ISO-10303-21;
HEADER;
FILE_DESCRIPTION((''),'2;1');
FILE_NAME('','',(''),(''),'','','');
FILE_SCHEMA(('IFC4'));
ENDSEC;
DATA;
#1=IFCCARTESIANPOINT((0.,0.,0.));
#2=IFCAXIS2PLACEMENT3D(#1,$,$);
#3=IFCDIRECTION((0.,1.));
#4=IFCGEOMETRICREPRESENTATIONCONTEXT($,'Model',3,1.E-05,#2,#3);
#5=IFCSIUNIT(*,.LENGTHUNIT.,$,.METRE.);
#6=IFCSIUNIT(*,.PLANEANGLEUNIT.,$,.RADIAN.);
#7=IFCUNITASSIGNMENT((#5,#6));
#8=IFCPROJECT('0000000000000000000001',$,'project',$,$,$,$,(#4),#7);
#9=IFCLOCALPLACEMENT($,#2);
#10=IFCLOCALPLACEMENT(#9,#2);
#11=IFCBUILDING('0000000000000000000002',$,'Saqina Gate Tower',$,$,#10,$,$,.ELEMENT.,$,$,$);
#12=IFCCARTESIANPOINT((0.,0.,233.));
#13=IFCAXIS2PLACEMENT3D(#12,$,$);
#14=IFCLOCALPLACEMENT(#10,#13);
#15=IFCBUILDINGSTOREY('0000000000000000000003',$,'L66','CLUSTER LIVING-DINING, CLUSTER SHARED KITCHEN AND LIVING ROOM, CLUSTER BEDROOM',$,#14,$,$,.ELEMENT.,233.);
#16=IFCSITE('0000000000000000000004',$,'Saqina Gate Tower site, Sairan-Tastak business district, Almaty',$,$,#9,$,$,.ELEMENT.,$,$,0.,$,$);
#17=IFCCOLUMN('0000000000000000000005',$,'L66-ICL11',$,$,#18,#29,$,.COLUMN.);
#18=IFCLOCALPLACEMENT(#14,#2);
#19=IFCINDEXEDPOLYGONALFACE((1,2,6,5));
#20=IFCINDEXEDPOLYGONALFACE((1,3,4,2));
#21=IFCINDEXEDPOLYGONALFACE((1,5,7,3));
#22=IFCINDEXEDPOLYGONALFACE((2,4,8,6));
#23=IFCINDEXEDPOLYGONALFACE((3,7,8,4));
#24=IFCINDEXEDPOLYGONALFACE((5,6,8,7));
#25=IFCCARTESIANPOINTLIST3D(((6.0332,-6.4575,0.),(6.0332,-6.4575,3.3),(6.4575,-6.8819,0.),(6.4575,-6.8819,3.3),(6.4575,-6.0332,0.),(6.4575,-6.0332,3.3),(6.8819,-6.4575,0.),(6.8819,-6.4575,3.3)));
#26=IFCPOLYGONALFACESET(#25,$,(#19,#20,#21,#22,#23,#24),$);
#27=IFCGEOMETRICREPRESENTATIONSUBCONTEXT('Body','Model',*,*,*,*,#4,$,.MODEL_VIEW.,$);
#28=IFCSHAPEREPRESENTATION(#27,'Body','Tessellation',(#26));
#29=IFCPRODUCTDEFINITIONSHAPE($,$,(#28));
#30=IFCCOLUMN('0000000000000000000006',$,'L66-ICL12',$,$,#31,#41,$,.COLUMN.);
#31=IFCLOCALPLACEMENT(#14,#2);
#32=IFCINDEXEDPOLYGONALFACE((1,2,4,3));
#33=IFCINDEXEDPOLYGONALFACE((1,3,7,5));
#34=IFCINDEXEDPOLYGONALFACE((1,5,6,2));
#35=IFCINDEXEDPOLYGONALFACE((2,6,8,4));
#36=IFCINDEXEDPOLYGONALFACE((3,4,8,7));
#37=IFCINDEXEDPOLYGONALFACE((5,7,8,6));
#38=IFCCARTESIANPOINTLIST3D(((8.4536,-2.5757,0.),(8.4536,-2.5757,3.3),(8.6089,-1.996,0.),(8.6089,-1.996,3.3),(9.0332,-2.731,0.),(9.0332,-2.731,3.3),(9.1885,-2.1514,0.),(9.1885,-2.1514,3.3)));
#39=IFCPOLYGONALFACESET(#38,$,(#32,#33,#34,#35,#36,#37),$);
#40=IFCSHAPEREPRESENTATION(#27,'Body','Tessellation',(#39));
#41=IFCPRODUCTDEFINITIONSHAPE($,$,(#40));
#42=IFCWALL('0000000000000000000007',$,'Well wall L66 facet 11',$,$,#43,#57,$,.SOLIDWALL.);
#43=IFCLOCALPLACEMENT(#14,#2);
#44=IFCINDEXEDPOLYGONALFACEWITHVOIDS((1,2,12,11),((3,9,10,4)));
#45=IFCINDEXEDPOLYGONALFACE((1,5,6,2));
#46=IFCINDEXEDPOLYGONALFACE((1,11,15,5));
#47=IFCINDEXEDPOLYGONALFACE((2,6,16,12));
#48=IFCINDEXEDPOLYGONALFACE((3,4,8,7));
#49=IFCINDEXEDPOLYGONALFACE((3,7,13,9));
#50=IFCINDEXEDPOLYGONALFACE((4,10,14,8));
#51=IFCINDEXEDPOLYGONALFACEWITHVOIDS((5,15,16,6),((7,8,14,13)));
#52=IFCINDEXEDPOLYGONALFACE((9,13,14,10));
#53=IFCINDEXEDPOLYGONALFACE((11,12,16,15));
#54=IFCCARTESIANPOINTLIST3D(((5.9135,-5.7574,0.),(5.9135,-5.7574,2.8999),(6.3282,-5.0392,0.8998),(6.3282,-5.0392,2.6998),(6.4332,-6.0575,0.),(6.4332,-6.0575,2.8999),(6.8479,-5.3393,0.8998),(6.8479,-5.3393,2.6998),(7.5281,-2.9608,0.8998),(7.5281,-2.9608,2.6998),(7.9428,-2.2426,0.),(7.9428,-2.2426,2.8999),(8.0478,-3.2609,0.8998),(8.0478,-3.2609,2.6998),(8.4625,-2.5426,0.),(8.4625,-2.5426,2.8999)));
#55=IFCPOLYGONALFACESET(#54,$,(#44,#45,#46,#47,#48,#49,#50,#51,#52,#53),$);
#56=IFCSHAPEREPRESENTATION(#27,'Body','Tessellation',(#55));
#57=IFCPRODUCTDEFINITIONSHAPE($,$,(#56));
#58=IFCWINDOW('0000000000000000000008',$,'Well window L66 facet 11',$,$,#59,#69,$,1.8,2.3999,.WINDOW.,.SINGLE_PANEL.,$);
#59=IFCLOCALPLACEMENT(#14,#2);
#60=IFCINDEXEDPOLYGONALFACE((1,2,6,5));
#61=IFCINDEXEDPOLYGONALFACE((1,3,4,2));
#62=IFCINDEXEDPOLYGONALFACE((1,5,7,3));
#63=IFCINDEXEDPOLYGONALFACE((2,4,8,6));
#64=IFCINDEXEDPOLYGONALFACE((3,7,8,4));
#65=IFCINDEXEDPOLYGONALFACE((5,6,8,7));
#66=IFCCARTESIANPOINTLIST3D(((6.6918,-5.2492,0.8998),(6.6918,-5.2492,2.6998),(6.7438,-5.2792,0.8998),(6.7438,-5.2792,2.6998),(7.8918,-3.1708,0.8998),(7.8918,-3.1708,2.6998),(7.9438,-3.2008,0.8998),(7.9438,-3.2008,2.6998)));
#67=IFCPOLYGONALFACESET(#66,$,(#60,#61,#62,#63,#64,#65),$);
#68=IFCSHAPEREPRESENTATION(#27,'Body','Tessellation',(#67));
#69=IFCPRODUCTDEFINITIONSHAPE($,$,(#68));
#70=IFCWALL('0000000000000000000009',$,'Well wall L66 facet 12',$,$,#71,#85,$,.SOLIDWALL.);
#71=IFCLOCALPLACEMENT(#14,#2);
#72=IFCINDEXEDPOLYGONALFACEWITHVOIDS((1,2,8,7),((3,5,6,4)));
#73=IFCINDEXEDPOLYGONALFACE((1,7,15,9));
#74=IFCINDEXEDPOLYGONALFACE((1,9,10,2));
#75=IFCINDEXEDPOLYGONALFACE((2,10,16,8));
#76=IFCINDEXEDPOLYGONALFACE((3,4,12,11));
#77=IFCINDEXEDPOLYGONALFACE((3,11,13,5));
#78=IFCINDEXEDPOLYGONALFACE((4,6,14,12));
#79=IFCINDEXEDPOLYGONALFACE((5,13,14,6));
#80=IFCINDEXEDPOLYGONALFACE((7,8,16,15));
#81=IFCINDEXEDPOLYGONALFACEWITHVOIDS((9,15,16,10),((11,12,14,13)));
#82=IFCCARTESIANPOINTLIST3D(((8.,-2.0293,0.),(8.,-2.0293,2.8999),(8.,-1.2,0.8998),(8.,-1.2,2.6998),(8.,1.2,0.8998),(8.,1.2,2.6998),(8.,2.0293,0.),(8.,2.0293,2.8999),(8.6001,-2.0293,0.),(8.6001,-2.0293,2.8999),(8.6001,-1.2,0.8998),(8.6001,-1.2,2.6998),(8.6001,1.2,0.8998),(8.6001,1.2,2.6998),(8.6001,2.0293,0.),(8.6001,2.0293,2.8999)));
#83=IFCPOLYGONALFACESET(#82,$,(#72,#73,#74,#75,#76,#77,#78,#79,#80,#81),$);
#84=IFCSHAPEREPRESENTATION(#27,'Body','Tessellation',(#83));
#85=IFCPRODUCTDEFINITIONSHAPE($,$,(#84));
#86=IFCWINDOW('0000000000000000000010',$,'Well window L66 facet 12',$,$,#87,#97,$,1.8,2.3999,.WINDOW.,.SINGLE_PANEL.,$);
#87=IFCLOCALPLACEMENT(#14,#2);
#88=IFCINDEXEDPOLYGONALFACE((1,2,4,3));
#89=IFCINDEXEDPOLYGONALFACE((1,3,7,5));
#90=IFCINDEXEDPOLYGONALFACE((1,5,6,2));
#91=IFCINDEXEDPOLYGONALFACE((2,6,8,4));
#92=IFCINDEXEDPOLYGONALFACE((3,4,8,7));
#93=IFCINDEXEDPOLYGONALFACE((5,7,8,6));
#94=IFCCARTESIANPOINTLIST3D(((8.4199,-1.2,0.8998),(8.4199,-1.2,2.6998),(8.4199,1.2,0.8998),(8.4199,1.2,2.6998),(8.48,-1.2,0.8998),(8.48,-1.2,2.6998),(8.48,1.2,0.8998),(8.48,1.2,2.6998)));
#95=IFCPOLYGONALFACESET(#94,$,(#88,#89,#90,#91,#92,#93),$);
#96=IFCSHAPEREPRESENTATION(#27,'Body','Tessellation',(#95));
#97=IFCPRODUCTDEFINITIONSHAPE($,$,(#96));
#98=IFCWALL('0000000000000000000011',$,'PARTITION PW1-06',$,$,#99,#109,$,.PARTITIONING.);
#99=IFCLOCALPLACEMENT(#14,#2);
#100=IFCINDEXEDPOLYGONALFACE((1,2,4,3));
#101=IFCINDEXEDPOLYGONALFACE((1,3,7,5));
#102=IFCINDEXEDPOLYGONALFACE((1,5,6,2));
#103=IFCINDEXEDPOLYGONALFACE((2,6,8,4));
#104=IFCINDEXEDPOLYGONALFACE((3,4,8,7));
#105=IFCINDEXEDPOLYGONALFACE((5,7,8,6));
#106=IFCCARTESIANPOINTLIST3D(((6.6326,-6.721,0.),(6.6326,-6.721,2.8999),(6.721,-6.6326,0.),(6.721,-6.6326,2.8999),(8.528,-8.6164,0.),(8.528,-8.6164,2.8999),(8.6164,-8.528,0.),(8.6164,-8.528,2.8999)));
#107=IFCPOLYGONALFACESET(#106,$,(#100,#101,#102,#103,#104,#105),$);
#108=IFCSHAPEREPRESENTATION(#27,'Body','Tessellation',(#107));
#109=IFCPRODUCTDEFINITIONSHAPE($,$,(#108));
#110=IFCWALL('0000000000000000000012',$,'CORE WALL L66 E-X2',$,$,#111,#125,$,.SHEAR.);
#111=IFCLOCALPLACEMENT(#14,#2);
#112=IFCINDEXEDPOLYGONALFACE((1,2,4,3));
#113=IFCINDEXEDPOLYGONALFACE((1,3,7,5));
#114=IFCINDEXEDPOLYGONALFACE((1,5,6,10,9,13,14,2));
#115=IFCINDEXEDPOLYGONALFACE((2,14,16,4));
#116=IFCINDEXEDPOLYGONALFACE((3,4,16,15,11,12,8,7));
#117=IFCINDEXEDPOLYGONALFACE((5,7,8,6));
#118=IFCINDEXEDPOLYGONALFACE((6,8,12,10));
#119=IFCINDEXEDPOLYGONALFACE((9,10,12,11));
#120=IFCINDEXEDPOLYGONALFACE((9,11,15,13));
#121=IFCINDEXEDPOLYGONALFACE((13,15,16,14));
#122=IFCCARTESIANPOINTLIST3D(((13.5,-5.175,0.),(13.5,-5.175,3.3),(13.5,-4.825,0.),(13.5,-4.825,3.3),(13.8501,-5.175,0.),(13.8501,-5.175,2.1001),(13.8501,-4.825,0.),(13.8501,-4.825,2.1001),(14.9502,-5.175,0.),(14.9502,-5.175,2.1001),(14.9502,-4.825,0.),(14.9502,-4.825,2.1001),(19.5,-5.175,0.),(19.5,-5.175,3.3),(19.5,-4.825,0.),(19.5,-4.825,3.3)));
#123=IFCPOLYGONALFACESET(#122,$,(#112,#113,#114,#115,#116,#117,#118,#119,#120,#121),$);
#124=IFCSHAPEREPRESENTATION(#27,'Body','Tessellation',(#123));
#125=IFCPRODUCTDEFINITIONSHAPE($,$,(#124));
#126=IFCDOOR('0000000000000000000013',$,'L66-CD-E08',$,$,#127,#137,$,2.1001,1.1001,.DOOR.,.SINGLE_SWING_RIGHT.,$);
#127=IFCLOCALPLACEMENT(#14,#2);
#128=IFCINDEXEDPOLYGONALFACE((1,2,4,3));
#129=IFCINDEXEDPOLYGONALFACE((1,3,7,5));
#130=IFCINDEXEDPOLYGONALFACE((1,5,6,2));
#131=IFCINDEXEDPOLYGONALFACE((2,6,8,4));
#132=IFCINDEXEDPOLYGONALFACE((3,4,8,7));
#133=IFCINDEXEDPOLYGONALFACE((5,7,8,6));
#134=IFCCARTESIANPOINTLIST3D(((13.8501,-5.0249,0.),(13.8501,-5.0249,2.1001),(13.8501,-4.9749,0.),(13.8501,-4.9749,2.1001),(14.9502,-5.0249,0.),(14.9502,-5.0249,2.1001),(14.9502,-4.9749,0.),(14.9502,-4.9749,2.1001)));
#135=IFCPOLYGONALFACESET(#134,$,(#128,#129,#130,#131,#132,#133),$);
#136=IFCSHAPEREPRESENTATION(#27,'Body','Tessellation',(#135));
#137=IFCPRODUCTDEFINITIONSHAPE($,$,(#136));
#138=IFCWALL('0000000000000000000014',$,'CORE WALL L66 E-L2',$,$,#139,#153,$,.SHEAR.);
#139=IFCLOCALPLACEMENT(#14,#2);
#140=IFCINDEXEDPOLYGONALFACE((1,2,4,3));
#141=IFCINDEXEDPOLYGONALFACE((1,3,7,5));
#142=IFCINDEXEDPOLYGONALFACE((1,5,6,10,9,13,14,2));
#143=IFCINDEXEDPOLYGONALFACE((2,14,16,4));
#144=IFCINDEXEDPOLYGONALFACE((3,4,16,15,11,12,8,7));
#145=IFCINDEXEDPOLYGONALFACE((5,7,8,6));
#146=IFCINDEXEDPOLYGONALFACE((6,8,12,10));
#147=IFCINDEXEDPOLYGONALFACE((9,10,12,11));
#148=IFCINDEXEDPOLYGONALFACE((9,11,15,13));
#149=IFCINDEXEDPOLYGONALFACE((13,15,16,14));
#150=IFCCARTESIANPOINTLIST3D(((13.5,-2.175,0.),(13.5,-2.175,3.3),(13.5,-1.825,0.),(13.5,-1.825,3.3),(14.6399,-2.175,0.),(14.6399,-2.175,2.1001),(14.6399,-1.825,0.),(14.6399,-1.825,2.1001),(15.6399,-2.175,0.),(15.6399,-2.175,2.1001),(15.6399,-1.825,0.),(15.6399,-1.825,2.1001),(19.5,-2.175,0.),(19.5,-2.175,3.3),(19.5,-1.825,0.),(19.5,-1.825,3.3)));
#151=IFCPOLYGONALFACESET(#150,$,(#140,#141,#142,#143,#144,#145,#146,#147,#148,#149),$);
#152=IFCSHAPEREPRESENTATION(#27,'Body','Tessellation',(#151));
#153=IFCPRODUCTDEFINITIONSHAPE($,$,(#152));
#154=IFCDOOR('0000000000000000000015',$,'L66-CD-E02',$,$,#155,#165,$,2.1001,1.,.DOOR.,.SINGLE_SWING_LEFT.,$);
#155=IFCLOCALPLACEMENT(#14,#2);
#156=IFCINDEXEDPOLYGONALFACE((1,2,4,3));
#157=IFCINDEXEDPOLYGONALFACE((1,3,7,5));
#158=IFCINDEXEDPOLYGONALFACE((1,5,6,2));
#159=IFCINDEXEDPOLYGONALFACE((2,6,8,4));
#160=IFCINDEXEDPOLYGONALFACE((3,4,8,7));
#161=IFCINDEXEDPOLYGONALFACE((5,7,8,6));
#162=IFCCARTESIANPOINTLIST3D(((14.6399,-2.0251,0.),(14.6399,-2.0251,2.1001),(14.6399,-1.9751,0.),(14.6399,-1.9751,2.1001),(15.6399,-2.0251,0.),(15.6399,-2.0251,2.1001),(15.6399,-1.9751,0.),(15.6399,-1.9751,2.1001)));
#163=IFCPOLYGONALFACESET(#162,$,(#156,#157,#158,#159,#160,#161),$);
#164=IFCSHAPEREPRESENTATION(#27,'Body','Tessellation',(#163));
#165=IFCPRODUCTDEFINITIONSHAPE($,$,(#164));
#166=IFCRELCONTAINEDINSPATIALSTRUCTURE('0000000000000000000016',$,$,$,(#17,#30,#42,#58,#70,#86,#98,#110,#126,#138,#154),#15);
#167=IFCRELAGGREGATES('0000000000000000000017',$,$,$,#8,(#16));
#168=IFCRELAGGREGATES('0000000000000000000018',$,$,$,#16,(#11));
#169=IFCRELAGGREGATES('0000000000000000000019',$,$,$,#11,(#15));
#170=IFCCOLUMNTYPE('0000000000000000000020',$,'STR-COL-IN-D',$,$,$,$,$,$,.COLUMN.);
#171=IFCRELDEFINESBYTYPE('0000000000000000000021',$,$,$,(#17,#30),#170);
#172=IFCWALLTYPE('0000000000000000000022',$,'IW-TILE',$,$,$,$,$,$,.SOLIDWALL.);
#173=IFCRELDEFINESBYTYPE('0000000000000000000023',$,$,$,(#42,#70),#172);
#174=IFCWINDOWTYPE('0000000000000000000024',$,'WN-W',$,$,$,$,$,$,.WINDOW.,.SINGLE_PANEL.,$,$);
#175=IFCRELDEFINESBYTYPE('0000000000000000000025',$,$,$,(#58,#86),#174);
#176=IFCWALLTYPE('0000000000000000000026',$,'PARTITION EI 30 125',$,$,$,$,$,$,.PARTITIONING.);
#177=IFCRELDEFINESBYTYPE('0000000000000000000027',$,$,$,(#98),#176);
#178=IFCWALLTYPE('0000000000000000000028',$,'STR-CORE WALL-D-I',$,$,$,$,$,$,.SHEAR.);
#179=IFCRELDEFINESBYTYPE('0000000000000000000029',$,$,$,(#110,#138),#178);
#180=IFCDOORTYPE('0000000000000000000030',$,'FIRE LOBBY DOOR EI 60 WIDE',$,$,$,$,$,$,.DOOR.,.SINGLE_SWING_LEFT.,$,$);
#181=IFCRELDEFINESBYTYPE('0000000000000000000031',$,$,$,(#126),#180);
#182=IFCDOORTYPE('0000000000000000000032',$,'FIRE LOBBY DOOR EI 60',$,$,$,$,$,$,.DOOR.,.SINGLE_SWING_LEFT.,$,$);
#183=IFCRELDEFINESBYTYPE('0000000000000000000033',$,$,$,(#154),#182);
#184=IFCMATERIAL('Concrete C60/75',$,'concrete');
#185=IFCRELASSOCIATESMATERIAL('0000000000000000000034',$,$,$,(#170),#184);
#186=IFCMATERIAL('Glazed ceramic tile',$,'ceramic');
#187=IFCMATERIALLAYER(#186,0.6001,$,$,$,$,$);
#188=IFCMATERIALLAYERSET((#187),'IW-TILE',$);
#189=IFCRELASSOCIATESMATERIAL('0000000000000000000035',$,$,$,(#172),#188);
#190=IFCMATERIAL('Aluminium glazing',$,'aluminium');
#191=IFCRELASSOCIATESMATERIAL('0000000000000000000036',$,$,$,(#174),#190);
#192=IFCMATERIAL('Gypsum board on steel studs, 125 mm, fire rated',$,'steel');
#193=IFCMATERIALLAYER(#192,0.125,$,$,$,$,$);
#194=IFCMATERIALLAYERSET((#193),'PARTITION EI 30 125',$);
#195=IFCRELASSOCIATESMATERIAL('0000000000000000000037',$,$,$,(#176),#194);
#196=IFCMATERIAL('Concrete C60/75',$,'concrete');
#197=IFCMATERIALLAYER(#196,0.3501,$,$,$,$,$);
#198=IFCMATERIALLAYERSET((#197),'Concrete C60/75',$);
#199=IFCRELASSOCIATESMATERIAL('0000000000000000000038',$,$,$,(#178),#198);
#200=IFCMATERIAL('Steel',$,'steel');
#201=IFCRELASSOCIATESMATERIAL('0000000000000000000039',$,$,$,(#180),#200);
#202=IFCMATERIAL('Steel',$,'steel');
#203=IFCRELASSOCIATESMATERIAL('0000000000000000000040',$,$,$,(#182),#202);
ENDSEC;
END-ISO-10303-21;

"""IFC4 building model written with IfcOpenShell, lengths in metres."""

from ifc_helpers import new_model, si_unit, direction, frame, frame_2d, origin, origin_2d, place, context, subcontext, project, spatial, rectangle, extrude, material, layer, layer_set, material_profile, profile_set, type_object, element, fill, save


model = new_model("IFC4")

# Units and contexts
model_context = context("Model", 3, precision=1e-05, world=origin(), true_north=direction((0.0, 1.0)))
body_context = subcontext(model_context, "Body", "Model", "MODEL_VIEW")
ifc_project = project(units=[si_unit("LENGTHUNIT", "METRE"), si_unit("PLANEANGLEUNIT", "RADIAN")], contexts=[model_context])

# Site, building, storey
site_placement = place(None, origin())
site = spatial("IfcSite", under=ifc_project, at=site_placement, Name="Saqina Gate Tower site, Sairan-Tastak business district, Almaty", CompositionType="ELEMENT", RefElevation=0.0)
building_placement = place(site_placement, origin())
building = spatial("IfcBuilding", under=site, at=building_placement, Name="Saqina Gate Tower", CompositionType="ELEMENT")
storey_placement = place(building_placement, frame((0.0, 0.0, 233.0)))
storey = spatial("IfcBuildingStorey", under=building, at=storey_placement, Name="L66", Description="CLUSTER LIVING-DINING, CLUSTER SHARED KITCHEN AND LIVING ROOM, CLUSTER BEDROOM", CompositionType="ELEMENT", Elevation=233.0)

# Columns
ifc_material_1 = material(Name="Concrete C60/75", Category="concrete")
ifc_material_profile = material_profile(ifc_material_1, rectangle(XDim=0.6001, YDim=0.6001, at=origin_2d()), Name="RC 600x600")
ifc_profile_set = profile_set([ifc_material_profile], Name="Concrete C60/75")
column_type = type_object("IfcColumnType", Name="STR-COL-IN-D", PredefinedType="COLUMN", material=ifc_profile_set)
for number, where, z_axis, x_axis, name in (
    (1, (6.4575, -6.4575, 0.0), (0.0, 0.0, 1.0), (0.707107, -0.707107, 0.0), "L66-ICL11"),
    (2, (8.821, -2.3635, 0.0), (0.0, 0.0, 1.0), (0.965926, -0.258819, 0.0), "L66-ICL12"),
):
    element("IfcColumn", number, at=place(storey_placement, frame(where, z_axis=z_axis, x_axis=x_axis)), inside=storey, type_object=column_type, Name=name, PredefinedType="COLUMN", context=body_context, shape_type="SweptSolid", body=[
        extrude(rectangle(XDim=0.6001, YDim=0.6001, at=origin_2d()), origin(), (0.0, 0.0, 1.0), 3.3),
    ])

# Walls, openings, windows
ifc_material_2 = material(Name="Glazed ceramic tile", Category="ceramic")
ifc_layer_1 = layer(ifc_material_2, 0.6001)
ifc_layer_set_1 = layer_set([ifc_layer_1], Name="IW-TILE")
wall_type_1 = type_object("IfcWallType", Name="IW-TILE", PredefinedType="SOLIDWALL", material=ifc_layer_set_1)
wall_1_placement = place(storey_placement, frame((6.1733, -5.9075, 0.0), z_axis=(0.0, 0.0, 1.0), x_axis=(0.499995, 0.866028, 0.0)))
wall_1 = element("IfcWall", 3, at=wall_1_placement, inside=storey, type_object=wall_type_1, Name="Well wall L66 facet 11", PredefinedType="SOLIDWALL", context=body_context, shape_type="SweptSolid", body=[
    extrude(rectangle(XDim=4.0586, YDim=0.6001, at=frame_2d((2.0293, 0.0))), origin(), (0.0, 0.0, 1.0), 2.8999),
])
opening_1_placement = place(wall_1_placement, frame((0.8293, 0.0, 0.8999)))
opening_1 = element("IfcOpeningElement", 4, at=opening_1_placement, cuts=wall_1, PredefinedType="OPENING", context=body_context, shape_type="SweptSolid", body=[
    extrude(rectangle(XDim=2.3999, YDim=1.8, at=frame_2d((1.2, 0.8999))), frame((0.0, 0.312, 0.0), z_axis=(0.0, -1.0, 0.0), x_axis=(1.0, 0.0, 0.0)), (0.0, 0.0, 1.0), 0.624),
])
ifc_material_3 = material(Name="Aluminium glazing", Category="aluminium")
window_type = type_object("IfcWindowType", Name="WN-W", PartitioningType="SINGLE_PANEL", PredefinedType="WINDOW", material=ifc_material_3)
window_1_placement = place(opening_1_placement, origin())
window_1 = element("IfcWindow", 5, at=window_1_placement, inside=storey, type_object=window_type, Name="Well window L66 facet 11", OverallHeight=1.8, OverallWidth=2.3999, PartitioningType="SINGLE_PANEL", PredefinedType="WINDOW", context=body_context, shape_type="SweptSolid", body=[
    extrude(rectangle(XDim=2.3999, YDim=1.8, at=frame_2d((1.2, 0.8999))), frame((0.0, -0.1199, 0.0), z_axis=(0.0, -1.0, 0.0), x_axis=(1.0, 0.0, 0.0)), (0.0, 0.0, 1.0), 0.0601),
])
fill(opening_1, window_1)
wall_2_placement = place(storey_placement, frame((8.3, -2.0293, 0.0), z_axis=(0.0, 0.0, 1.0), x_axis=(0.0, 1.0, 0.0)))
wall_2 = element("IfcWall", 6, at=wall_2_placement, inside=storey, type_object=wall_type_1, Name="Well wall L66 facet 12", PredefinedType="SOLIDWALL", context=body_context, shape_type="SweptSolid", body=[
    extrude(rectangle(XDim=4.0586, YDim=0.6001, at=frame_2d((2.0293, 0.0))), origin(), (0.0, 0.0, 1.0), 2.8999),
])
opening_2_placement = place(wall_2_placement, frame((0.8293, 0.0, 0.8999)))
opening_2 = element("IfcOpeningElement", 7, at=opening_2_placement, cuts=wall_2, PredefinedType="OPENING", context=body_context, shape_type="SweptSolid", body=[
    extrude(rectangle(XDim=2.3999, YDim=1.8, at=frame_2d((1.2, 0.8999))), frame((0.0, 0.312, 0.0), z_axis=(0.0, -1.0, 0.0), x_axis=(1.0, 0.0, 0.0)), (0.0, 0.0, 1.0), 0.624),
])
window_2_placement = place(opening_2_placement, origin())
window_2 = element("IfcWindow", 8, at=window_2_placement, inside=storey, type_object=window_type, Name="Well window L66 facet 12", OverallHeight=1.8, OverallWidth=2.3999, PartitioningType="SINGLE_PANEL", PredefinedType="WINDOW", context=body_context, shape_type="SweptSolid", body=[
    extrude(rectangle(XDim=2.3999, YDim=1.8, at=frame_2d((1.2, 0.8999))), frame((0.0, -0.1199, 0.0), z_axis=(0.0, -1.0, 0.0), x_axis=(1.0, 0.0, 0.0)), (0.0, 0.0, 1.0), 0.0601),
])
fill(opening_2, window_2)

# Wall
ifc_material_4 = material(Name="Gypsum board on steel studs, 125 mm, fire rated", Category="steel")
ifc_layer_2 = layer(ifc_material_4, 0.125)
ifc_layer_set_2 = layer_set([ifc_layer_2], Name="PARTITION EI 30 125")
wall_type_2 = type_object("IfcWallType", Name="PARTITION EI 30 125", PredefinedType="PARTITIONING", material=ifc_layer_set_2)
wall_3_placement = place(storey_placement, frame((6.6768, -6.6768, 0.0), z_axis=(0.0, 0.0, 1.0), x_axis=(0.707107, -0.707107, 0.0)))
element("IfcWall", 9, at=wall_3_placement, inside=storey, type_object=wall_type_2, Name="PARTITION PW1-06", PredefinedType="PARTITIONING", context=body_context, shape_type="SweptSolid", body=[
    extrude(rectangle(XDim=2.6804, YDim=0.125, at=frame_2d((1.3403, 0.0))), origin(), (0.0, 0.0, 1.0), 2.8999),
])

# Walls, openings, doors
ifc_material_5 = material(Name="Concrete C60/75", Category="concrete")
ifc_layer_3 = layer(ifc_material_5, 0.3501)
ifc_layer_set_3 = layer_set([ifc_layer_3], Name="Concrete C60/75")
wall_type_3 = type_object("IfcWallType", Name="STR-CORE WALL-D-I", PredefinedType="SHEAR", material=ifc_layer_set_3)
wall_4_placement = place(storey_placement, frame((13.5, -5.0, 0.0), z_axis=(0.0, 0.0, 1.0), x_axis=(1.0, 0.0, 0.0)))
wall_4 = element("IfcWall", 10, at=wall_4_placement, inside=storey, type_object=wall_type_3, Name="CORE WALL L66 E-X2", PredefinedType="SHEAR", context=body_context, shape_type="SweptSolid", body=[
    extrude(rectangle(XDim=6.0, YDim=0.3501, at=frame_2d((3.0, 0.0))), origin(), (0.0, 0.0, 1.0), 3.3),
])
opening_3_placement = place(wall_4_placement, frame((0.3501, 0.0, 0.0)))
opening_3 = element("IfcOpeningElement", 11, at=opening_3_placement, cuts=wall_4, PredefinedType="OPENING", context=body_context, shape_type="SweptSolid", body=[
    extrude(rectangle(XDim=1.1001, YDim=2.1001, at=frame_2d((0.55, 1.05))), frame((0.0, 0.187, 0.0), z_axis=(0.0, -1.0, 0.0), x_axis=(1.0, 0.0, 0.0)), (0.0, 0.0, 1.0), 0.374),
])
ifc_material_6 = material(Name="Steel", Category="steel")
door_type_1 = type_object("IfcDoorType", Name="FIRE LOBBY DOOR EI 60 WIDE", OperationType="SINGLE_SWING_LEFT", PredefinedType="DOOR", material=ifc_material_6)
door_1_placement = place(opening_3_placement, frame((1.1001, 0.0, 0.0), z_axis=(0.0, 0.0, 1.0), x_axis=(-1.0, 0.0, 0.0)))
door_1 = element("IfcDoor", 12, at=door_1_placement, inside=storey, type_object=door_type_1, Name="L66-CD-E08", OperationType="SINGLE_SWING_RIGHT", OverallHeight=2.1001, OverallWidth=1.1001, PredefinedType="DOOR", context=body_context, shape_type="SweptSolid", body=[
    extrude(rectangle(XDim=1.1001, YDim=2.1001, at=frame_2d((0.55, 1.05))), frame((0.0, 0.0249, 0.0), z_axis=(0.0, -1.0, 0.0), x_axis=(1.0, 0.0, 0.0)), (0.0, 0.0, 1.0), 0.05),
])
fill(opening_3, door_1)
wall_5_placement = place(storey_placement, frame((13.5, -2.0, 0.0), z_axis=(0.0, 0.0, 1.0), x_axis=(1.0, 0.0, 0.0)))
wall_5 = element("IfcWall", 13, at=wall_5_placement, inside=storey, type_object=wall_type_3, Name="CORE WALL L66 E-L2", PredefinedType="SHEAR", context=body_context, shape_type="SweptSolid", body=[
    extrude(rectangle(XDim=6.0, YDim=0.3501, at=frame_2d((3.0, 0.0))), origin(), (0.0, 0.0, 1.0), 3.3),
])
opening_4_placement = place(wall_5_placement, frame((1.1399, 0.0, 0.0)))
opening_4 = element("IfcOpeningElement", 14, at=opening_4_placement, cuts=wall_5, PredefinedType="OPENING", context=body_context, shape_type="SweptSolid", body=[
    extrude(rectangle(XDim=1.0, YDim=2.1001, at=frame_2d((0.5, 1.05))), frame((0.0, 0.187, 0.0), z_axis=(0.0, -1.0, 0.0), x_axis=(1.0, 0.0, 0.0)), (0.0, 0.0, 1.0), 0.374),
])
ifc_material_7 = material(Name="Steel", Category="steel")
door_type_2 = type_object("IfcDoorType", Name="FIRE LOBBY DOOR EI 60", OperationType="SINGLE_SWING_LEFT", PredefinedType="DOOR", material=ifc_material_7)
door_2_placement = place(opening_4_placement, origin())
door_2 = element("IfcDoor", 15, at=door_2_placement, inside=storey, type_object=door_type_2, Name="L66-CD-E02", OperationType="SINGLE_SWING_LEFT", OverallHeight=2.1001, OverallWidth=1.0, PredefinedType="DOOR", context=body_context, shape_type="SweptSolid", body=[
    extrude(rectangle(XDim=1.0, YDim=2.1001, at=frame_2d((0.5, 1.05))), frame((0.0, 0.0249, 0.0), z_axis=(0.0, -1.0, 0.0), x_axis=(1.0, 0.0, 0.0)), (0.0, 0.0, 1.0), 0.05),
])
fill(opening_4, door_2)

save(model, "model.ifc")
